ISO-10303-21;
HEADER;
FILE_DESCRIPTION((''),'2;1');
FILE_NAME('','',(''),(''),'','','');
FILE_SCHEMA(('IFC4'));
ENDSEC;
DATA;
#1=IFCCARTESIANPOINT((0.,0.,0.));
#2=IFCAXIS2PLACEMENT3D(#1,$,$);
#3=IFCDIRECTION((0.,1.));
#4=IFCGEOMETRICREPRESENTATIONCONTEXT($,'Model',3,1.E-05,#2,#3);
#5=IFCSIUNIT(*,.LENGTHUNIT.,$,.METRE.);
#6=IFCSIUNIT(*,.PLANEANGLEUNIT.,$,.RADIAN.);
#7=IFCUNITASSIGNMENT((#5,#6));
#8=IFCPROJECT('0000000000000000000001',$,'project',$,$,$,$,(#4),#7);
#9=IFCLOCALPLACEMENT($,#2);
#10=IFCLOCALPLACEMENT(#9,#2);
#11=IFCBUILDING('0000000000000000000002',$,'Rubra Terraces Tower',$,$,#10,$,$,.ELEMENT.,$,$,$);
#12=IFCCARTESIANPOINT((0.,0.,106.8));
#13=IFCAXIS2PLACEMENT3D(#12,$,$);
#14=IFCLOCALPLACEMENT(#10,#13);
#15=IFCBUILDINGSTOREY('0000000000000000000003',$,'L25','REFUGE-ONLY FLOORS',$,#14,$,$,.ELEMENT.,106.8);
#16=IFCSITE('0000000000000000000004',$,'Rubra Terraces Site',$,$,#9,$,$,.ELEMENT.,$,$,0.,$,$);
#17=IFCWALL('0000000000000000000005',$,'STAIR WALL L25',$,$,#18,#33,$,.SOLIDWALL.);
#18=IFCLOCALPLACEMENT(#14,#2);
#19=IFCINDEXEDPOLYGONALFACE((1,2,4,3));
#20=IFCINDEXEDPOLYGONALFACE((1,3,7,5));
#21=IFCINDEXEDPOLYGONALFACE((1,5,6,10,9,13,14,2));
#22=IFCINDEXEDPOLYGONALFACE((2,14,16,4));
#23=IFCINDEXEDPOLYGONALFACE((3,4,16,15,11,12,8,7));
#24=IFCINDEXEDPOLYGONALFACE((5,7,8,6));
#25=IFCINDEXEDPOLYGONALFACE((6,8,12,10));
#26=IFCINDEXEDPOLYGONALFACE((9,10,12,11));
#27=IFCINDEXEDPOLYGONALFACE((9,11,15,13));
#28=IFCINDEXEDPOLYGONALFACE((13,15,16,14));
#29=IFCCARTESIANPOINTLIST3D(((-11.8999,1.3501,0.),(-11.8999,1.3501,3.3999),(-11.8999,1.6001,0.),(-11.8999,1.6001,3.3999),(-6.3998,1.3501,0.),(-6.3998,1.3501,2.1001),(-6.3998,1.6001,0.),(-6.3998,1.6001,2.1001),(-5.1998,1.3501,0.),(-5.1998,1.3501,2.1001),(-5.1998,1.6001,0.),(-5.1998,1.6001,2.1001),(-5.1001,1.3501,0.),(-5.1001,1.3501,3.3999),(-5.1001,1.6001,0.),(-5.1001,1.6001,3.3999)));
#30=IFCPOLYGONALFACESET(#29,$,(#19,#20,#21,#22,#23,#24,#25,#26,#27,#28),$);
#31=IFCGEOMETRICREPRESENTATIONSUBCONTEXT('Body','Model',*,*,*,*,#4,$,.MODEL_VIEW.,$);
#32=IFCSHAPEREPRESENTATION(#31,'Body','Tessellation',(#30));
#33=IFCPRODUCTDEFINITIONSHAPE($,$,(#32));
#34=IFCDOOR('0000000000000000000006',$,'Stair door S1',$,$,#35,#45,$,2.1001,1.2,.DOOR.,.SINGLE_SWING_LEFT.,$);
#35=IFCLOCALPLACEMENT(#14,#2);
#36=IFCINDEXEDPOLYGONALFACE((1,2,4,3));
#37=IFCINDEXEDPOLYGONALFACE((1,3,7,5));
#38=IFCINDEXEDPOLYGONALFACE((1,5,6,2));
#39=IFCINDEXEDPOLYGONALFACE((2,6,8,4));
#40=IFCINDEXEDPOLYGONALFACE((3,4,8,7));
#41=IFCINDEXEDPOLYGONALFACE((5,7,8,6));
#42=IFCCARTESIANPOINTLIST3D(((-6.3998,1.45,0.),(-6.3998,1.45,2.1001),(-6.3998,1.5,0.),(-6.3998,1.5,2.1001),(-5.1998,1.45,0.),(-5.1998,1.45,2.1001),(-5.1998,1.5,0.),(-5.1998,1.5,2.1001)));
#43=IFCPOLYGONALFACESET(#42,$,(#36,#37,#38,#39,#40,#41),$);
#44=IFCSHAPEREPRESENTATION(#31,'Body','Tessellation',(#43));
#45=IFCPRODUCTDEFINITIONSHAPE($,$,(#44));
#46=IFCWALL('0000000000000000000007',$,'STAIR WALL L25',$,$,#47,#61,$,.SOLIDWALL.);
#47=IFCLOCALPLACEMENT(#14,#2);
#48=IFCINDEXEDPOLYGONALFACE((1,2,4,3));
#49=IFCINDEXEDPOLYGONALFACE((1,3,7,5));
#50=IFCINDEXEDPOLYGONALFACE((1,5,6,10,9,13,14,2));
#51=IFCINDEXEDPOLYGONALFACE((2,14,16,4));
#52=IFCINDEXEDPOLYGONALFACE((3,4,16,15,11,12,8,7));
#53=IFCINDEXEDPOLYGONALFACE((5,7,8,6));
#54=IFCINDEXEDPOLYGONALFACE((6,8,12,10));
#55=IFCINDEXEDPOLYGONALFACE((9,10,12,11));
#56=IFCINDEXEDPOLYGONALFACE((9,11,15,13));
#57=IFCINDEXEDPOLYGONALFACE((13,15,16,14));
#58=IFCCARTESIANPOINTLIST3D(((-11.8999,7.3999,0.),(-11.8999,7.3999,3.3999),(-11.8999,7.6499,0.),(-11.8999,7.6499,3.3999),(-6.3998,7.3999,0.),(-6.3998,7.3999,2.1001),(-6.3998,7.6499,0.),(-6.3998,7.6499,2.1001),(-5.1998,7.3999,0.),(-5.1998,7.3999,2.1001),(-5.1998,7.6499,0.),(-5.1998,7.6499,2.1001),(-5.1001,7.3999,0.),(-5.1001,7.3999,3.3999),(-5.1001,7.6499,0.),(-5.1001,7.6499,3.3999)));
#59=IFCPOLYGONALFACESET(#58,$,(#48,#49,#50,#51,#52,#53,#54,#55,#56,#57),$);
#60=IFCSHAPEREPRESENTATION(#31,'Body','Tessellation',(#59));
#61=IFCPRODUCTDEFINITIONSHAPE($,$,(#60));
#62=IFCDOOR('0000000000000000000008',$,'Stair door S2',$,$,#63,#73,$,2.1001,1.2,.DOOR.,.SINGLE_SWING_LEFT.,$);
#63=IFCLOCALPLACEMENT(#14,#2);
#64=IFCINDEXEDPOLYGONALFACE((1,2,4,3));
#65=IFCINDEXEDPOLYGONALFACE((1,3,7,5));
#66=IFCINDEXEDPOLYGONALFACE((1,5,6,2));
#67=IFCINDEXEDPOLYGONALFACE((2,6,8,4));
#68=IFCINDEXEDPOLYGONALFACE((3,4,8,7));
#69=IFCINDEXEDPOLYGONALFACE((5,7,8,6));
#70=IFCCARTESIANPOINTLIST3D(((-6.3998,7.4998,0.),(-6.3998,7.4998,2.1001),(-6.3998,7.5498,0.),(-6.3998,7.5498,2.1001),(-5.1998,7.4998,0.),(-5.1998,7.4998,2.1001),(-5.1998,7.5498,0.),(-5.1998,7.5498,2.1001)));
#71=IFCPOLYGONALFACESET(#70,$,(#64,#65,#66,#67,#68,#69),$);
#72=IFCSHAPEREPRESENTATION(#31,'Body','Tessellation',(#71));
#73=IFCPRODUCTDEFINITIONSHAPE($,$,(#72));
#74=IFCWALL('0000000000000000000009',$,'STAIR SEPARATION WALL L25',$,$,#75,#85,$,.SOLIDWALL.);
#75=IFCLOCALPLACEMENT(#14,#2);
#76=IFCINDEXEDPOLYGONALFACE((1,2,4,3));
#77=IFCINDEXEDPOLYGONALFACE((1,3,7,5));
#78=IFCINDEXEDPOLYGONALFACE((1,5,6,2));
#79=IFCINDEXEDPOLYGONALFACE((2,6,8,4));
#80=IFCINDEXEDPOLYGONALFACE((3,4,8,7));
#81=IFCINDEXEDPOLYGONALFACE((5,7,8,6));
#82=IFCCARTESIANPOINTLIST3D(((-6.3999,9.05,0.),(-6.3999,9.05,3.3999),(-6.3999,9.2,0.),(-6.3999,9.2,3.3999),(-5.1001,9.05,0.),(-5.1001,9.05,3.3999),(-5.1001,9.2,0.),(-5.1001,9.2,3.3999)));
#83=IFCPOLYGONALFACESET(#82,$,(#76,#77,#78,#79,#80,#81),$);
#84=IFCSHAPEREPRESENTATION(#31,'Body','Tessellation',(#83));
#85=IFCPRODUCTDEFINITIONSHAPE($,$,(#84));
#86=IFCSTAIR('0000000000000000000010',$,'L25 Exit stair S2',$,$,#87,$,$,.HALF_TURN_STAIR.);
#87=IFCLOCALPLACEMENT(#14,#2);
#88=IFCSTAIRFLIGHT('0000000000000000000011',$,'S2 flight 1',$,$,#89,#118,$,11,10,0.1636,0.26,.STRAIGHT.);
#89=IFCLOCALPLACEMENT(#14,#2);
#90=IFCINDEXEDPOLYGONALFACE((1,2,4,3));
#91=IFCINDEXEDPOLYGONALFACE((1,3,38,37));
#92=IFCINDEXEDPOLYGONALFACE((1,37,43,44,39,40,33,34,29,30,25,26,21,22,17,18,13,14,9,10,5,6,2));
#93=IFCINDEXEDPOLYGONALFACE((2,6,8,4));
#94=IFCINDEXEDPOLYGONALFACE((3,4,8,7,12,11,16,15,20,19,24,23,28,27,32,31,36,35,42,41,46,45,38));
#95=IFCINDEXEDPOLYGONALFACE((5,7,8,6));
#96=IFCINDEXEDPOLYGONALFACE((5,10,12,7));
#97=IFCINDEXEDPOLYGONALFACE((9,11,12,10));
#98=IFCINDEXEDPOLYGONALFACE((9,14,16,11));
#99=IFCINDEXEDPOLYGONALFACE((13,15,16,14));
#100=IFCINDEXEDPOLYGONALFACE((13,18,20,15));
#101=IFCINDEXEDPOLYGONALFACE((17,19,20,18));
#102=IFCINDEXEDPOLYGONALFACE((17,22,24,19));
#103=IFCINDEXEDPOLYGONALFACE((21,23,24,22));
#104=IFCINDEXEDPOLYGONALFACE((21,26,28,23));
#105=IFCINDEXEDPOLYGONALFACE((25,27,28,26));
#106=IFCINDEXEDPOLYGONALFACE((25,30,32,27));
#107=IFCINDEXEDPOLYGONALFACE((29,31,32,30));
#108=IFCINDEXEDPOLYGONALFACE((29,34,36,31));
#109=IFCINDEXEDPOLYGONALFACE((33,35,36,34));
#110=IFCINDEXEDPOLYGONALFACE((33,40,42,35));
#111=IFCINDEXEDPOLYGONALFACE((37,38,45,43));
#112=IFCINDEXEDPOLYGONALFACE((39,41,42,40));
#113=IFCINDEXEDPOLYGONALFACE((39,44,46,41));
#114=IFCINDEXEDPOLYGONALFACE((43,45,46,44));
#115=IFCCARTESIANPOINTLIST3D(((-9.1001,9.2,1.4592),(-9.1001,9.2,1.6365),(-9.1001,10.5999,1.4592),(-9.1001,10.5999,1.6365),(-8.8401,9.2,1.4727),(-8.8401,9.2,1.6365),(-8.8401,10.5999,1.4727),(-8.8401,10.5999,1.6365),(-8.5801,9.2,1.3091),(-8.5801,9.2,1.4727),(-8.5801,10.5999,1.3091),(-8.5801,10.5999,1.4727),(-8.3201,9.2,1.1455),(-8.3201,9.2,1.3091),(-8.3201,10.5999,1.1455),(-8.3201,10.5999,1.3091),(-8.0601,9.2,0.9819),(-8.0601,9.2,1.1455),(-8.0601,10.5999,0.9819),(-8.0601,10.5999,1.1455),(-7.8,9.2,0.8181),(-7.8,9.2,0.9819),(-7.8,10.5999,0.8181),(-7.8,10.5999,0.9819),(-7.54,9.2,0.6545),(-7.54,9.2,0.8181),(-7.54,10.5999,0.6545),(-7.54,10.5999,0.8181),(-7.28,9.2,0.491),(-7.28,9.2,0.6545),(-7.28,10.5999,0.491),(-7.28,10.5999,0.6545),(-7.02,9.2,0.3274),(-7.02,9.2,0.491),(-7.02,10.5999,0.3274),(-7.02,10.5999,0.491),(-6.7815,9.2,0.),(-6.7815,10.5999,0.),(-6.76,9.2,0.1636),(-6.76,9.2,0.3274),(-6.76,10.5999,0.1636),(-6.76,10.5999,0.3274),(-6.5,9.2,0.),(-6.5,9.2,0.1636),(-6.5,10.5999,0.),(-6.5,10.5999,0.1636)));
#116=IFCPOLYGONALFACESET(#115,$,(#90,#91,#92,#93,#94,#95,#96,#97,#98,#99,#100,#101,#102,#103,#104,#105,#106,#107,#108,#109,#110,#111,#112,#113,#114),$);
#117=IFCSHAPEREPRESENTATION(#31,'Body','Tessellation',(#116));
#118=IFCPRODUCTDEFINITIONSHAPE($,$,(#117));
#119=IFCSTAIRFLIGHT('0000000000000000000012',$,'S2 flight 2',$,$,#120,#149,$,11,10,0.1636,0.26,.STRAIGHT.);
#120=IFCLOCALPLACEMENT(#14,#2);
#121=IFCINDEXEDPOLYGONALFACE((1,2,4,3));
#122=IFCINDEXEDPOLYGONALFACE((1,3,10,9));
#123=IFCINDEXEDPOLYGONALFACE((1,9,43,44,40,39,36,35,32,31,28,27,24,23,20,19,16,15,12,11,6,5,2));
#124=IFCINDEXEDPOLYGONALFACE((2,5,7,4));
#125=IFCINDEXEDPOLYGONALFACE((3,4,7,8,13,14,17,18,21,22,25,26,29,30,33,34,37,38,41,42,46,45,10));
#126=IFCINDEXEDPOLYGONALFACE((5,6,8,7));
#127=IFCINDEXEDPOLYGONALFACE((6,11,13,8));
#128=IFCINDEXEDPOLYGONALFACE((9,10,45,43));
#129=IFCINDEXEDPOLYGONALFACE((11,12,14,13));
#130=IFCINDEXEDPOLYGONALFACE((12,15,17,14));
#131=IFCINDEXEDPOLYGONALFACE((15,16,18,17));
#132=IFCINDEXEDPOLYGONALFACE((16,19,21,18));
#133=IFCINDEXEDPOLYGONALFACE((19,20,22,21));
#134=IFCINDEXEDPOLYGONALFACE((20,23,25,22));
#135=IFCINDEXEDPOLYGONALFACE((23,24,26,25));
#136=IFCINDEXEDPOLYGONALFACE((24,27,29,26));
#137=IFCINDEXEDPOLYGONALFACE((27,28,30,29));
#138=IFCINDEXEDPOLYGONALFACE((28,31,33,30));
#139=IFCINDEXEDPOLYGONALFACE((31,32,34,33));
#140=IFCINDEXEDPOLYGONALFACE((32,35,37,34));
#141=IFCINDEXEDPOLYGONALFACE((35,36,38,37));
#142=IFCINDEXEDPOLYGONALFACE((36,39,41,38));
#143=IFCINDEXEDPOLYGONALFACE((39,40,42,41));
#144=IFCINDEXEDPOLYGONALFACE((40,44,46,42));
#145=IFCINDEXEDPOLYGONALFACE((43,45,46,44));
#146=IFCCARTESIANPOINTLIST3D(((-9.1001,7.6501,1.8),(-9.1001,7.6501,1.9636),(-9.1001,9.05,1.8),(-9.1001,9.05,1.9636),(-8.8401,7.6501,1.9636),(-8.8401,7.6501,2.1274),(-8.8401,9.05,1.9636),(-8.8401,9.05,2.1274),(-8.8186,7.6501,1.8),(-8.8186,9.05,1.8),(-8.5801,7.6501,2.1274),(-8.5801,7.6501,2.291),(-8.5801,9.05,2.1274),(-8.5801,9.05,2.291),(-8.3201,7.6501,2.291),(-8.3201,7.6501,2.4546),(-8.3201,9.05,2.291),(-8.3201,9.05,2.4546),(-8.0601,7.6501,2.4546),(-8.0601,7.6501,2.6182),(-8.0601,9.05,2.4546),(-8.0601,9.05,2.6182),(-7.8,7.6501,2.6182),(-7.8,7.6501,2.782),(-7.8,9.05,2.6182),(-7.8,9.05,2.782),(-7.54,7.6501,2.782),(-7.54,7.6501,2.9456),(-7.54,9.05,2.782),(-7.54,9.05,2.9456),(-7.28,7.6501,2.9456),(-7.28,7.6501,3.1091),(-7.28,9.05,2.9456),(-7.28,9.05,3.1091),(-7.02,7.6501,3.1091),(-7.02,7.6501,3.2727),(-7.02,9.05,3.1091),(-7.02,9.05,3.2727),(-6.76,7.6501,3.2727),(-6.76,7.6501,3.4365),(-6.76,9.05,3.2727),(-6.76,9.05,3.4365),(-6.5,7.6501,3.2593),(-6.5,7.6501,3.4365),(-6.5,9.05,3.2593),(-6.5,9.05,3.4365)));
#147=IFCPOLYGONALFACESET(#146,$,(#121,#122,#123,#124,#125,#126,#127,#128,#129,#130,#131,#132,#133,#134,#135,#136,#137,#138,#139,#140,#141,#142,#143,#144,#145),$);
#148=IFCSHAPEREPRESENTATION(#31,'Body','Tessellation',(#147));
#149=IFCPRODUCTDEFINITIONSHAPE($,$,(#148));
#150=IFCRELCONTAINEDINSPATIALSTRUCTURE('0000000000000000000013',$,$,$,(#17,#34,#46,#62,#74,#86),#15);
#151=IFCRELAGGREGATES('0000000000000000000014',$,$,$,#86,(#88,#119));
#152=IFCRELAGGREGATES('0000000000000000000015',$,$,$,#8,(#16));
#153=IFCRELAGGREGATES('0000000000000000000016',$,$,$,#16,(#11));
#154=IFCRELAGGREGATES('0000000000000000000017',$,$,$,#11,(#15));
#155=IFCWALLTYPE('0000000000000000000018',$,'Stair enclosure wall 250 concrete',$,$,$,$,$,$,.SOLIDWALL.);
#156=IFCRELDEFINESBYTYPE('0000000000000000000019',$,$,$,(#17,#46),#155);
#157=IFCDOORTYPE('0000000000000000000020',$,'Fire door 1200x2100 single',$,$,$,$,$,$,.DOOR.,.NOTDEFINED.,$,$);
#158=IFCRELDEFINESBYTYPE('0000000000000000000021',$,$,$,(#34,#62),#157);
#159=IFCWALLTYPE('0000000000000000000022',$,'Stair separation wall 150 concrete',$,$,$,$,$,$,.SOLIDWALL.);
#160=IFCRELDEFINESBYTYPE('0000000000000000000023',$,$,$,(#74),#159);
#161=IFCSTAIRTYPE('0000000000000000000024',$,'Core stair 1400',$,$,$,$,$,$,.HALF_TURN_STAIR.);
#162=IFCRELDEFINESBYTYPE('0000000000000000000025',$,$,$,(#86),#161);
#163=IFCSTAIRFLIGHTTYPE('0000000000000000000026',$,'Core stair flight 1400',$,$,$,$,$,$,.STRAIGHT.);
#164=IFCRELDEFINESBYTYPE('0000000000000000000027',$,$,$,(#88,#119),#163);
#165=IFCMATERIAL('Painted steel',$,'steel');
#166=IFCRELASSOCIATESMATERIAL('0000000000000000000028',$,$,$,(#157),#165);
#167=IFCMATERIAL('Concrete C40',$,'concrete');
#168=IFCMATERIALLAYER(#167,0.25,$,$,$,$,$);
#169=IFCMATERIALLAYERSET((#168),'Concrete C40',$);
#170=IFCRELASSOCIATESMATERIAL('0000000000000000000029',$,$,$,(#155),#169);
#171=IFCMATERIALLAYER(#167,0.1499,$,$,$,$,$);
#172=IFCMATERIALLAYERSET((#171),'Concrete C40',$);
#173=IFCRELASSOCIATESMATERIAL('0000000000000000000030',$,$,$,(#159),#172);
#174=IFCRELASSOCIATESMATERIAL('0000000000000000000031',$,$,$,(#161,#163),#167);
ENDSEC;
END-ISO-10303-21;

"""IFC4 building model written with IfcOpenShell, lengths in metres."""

from ifc_helpers import new_model, si_unit, direction, frame, frame_2d, origin, place, context, subcontext, project, spatial, polyline, rectangle, outline, extrude, material, layer, layer_set, type_object, element, fill, aggregate, save


model = new_model("IFC4")

# Units and contexts
model_context = context("Model", 3, precision=1e-05, world=origin(), true_north=direction((0.0, 1.0)))
body_context = subcontext(model_context, "Body", "Model", "MODEL_VIEW")
ifc_project = project(units=[si_unit("LENGTHUNIT", "METRE"), si_unit("PLANEANGLEUNIT", "RADIAN")], contexts=[model_context])

# Site, building, storey
site_placement = place(None, origin())
site = spatial("IfcSite", under=ifc_project, at=site_placement, Name="Rubra Terraces Site", CompositionType="ELEMENT", RefElevation=0.0)
building_placement = place(site_placement, origin())
building = spatial("IfcBuilding", under=site, at=building_placement, Name="Rubra Terraces Tower", CompositionType="ELEMENT")
storey_placement = place(building_placement, frame((0.0, 0.0, 106.8)))
storey = spatial("IfcBuildingStorey", under=building, at=storey_placement, Name="L25", Description="REFUGE-ONLY FLOORS", CompositionType="ELEMENT", Elevation=106.8)

# Shared definitions
ifc_material_1 = material(Name="Concrete C40", Category="concrete")

# Shared definitions
ifc_material_2 = material(Name="Painted steel", Category="steel")
door_type_1 = type_object("IfcDoorType", Name="Fire door 1200x2100 single", OperationType="NOTDEFINED", PredefinedType="DOOR", material=ifc_material_2)

# Walls, openings, doors
ifc_layer_1 = layer(ifc_material_1, 0.25)
ifc_layer_set_1 = layer_set([ifc_layer_1], Name="Concrete C40")
wall_type_1 = type_object("IfcWallType", Name="Stair enclosure wall 250 concrete", PredefinedType="SOLIDWALL", material=ifc_layer_set_1)
wall_1_placement = place(storey_placement, frame((-11.8999, 1.4751, 0.0), z_axis=(0.0, 0.0, 1.0), x_axis=(1.0, 0.0, 0.0)))
wall_1 = element("IfcWall", 1, at=wall_1_placement, inside=storey, type_object=wall_type_1, Name="STAIR WALL L25", PredefinedType="SOLIDWALL", context=body_context, shape_type="SweptSolid", body=[
    extrude(rectangle(XDim=6.7998, YDim=0.25, at=frame_2d((3.3999, 0.0))), origin(), (0.0, 0.0, 1.0), 3.3999),
])
opening_1_placement = place(wall_1_placement, frame((5.5, 0.0, 0.0)))
opening_1 = element("IfcOpeningElement", 2, at=opening_1_placement, cuts=wall_1, PredefinedType="OPENING", context=body_context, shape_type="SweptSolid", body=[
    extrude(rectangle(XDim=1.2, YDim=2.1001, at=frame_2d((0.6001, 1.05))), frame((0.0, 0.135, 0.0), z_axis=(0.0, -1.0, 0.0), x_axis=(1.0, 0.0, 0.0)), (0.0, 0.0, 1.0), 0.27),
])
door_1_placement = place(opening_1_placement, origin())
door_1 = element("IfcDoor", 3, at=door_1_placement, inside=storey, type_object=door_type_1, Name="Stair door S1", OperationType="SINGLE_SWING_LEFT", OverallHeight=2.1001, OverallWidth=1.2, PredefinedType="DOOR", context=body_context, shape_type="SweptSolid", body=[
    extrude(rectangle(XDim=1.2, YDim=2.1001, at=frame_2d((0.6001, 1.05))), frame((0.0, 0.0249, 0.0), z_axis=(0.0, -1.0, 0.0), x_axis=(1.0, 0.0, 0.0)), (0.0, 0.0, 1.0), 0.05),
])
fill(opening_1, door_1)
wall_2_placement = place(storey_placement, frame((-11.8999, 7.5249, 0.0), z_axis=(0.0, 0.0, 1.0), x_axis=(1.0, 0.0, 0.0)))
wall_2 = element("IfcWall", 4, at=wall_2_placement, inside=storey, type_object=wall_type_1, Name="STAIR WALL L25", PredefinedType="SOLIDWALL", context=body_context, shape_type="SweptSolid", body=[
    extrude(rectangle(XDim=6.7998, YDim=0.25, at=frame_2d((3.3999, 0.0))), origin(), (0.0, 0.0, 1.0), 3.3999),
])
opening_2_placement = place(wall_2_placement, frame((5.5, 0.0, 0.0)))
opening_2 = element("IfcOpeningElement", 5, at=opening_2_placement, cuts=wall_2, PredefinedType="OPENING", context=body_context, shape_type="SweptSolid", body=[
    extrude(rectangle(XDim=1.2, YDim=2.1001, at=frame_2d((0.6001, 1.05))), frame((0.0, 0.135, 0.0), z_axis=(0.0, -1.0, 0.0), x_axis=(1.0, 0.0, 0.0)), (0.0, 0.0, 1.0), 0.27),
])
door_2_placement = place(opening_2_placement, origin())
door_2 = element("IfcDoor", 6, at=door_2_placement, inside=storey, type_object=door_type_1, Name="Stair door S2", OperationType="SINGLE_SWING_LEFT", OverallHeight=2.1001, OverallWidth=1.2, PredefinedType="DOOR", context=body_context, shape_type="SweptSolid", body=[
    extrude(rectangle(XDim=1.2, YDim=2.1001, at=frame_2d((0.6001, 1.05))), frame((0.0, 0.0249, 0.0), z_axis=(0.0, -1.0, 0.0), x_axis=(1.0, 0.0, 0.0)), (0.0, 0.0, 1.0), 0.05),
])
fill(opening_2, door_2)

# Wall
ifc_layer_2 = layer(ifc_material_1, 0.1499)
ifc_layer_set_2 = layer_set([ifc_layer_2], Name="Concrete C40")
wall_type_2 = type_object("IfcWallType", Name="Stair separation wall 150 concrete", PredefinedType="SOLIDWALL", material=ifc_layer_set_2)
wall_3_placement = place(storey_placement, frame((-6.3999, 9.125, 0.0), z_axis=(0.0, 0.0, 1.0), x_axis=(1.0, 0.0, 0.0)))
element("IfcWall", 7, at=wall_3_placement, inside=storey, type_object=wall_type_2, Name="STAIR SEPARATION WALL L25", PredefinedType="SOLIDWALL", context=body_context, shape_type="SweptSolid", body=[
    extrude(rectangle(XDim=1.2998, YDim=0.1499, at=frame_2d((0.6499, 0.0))), origin(), (0.0, 0.0, 1.0), 3.3999),
])

# Stair, stair flights
stair_type = type_object("IfcStairType", Name="Core stair 1400", PredefinedType="HALF_TURN_STAIR", material=ifc_material_1)
stair_placement = place(storey_placement, origin())
stair = element("IfcStair", 8, at=stair_placement, inside=storey, type_object=stair_type, Name="L25 Exit stair S2", PredefinedType="HALF_TURN_STAIR")
stair_flight_type = type_object("IfcStairFlightType", Name="Core stair flight 1400", PredefinedType="STRAIGHT", material=ifc_material_1)
stair_flight_1_placement = place(storey_placement, frame((-6.5, 9.8999, 0.0), z_axis=(0.0, 0.0, 1.0), x_axis=(-1.0, 0.0, 0.0)))
stair_flight_1 = element("IfcStairFlight", 9, at=stair_flight_1_placement, type_object=stair_flight_type, Name="S2 flight 1", NumberOfRisers=11, NumberOfTreads=10, PredefinedType="STRAIGHT", RiserHeight=0.1636, TreadLength=0.26, context=body_context, shape_type="SweptSolid", body=[
    extrude(outline(polyline([(0.0, 0.0), (0.0, 0.1636), (0.26, 0.1636), (0.26, 0.3274), (0.52, 0.3274), (0.52, 0.491), (0.78, 0.491), (0.78, 0.6545), (1.04, 0.6545), (1.04, 0.8181), (1.3, 0.8181), (1.3, 0.9819), (1.5601, 0.9819), (1.5601, 1.1455), (1.8201, 1.1455), (1.8201, 1.3091), (2.0801, 1.3091), (2.0801, 1.4727), (2.3401, 1.4727), (2.3401, 1.6365), (2.6001, 1.6365), (2.6001, 1.8), (2.6001, 1.4592), (0.2815, 0.0), (0.0, 0.0)])), frame((0.0, 0.7, 0.0), z_axis=(0.0, -1.0, 0.0), x_axis=(1.0, 0.0, 0.0)), (0.0, 0.0, 1.0), 1.3999),
])
stair_flight_2_placement = place(storey_placement, frame((-9.1001, 8.3501, 1.8), z_axis=(0.0, 0.0, 1.0), x_axis=(1.0, 0.0, 0.0)))
stair_flight_2 = element("IfcStairFlight", 10, at=stair_flight_2_placement, type_object=stair_flight_type, Name="S2 flight 2", NumberOfRisers=11, NumberOfTreads=10, PredefinedType="STRAIGHT", RiserHeight=0.1636, TreadLength=0.26, context=body_context, shape_type="SweptSolid", body=[
    extrude(outline(polyline([(0.0, 0.0), (0.0, 0.1636), (0.26, 0.1636), (0.26, 0.3274), (0.52, 0.3274), (0.52, 0.491), (0.78, 0.491), (0.78, 0.6545), (1.04, 0.6545), (1.04, 0.8181), (1.3, 0.8181), (1.3, 0.9819), (1.5601, 0.9819), (1.5601, 1.1455), (1.8201, 1.1455), (1.8201, 1.3091), (2.0801, 1.3091), (2.0801, 1.4727), (2.3401, 1.4727), (2.3401, 1.6365), (2.6001, 1.6365), (2.6001, 1.8), (2.6001, 1.4592), (0.2815, 0.0), (0.0, 0.0)])), frame((0.0, 0.7, 0.0), z_axis=(0.0, -1.0, 0.0), x_axis=(1.0, 0.0, 0.0)), (0.0, 0.0, 1.0), 1.3999),
])
aggregate(stair, [stair_flight_1, stair_flight_2])

save(model, "model.ifc")
